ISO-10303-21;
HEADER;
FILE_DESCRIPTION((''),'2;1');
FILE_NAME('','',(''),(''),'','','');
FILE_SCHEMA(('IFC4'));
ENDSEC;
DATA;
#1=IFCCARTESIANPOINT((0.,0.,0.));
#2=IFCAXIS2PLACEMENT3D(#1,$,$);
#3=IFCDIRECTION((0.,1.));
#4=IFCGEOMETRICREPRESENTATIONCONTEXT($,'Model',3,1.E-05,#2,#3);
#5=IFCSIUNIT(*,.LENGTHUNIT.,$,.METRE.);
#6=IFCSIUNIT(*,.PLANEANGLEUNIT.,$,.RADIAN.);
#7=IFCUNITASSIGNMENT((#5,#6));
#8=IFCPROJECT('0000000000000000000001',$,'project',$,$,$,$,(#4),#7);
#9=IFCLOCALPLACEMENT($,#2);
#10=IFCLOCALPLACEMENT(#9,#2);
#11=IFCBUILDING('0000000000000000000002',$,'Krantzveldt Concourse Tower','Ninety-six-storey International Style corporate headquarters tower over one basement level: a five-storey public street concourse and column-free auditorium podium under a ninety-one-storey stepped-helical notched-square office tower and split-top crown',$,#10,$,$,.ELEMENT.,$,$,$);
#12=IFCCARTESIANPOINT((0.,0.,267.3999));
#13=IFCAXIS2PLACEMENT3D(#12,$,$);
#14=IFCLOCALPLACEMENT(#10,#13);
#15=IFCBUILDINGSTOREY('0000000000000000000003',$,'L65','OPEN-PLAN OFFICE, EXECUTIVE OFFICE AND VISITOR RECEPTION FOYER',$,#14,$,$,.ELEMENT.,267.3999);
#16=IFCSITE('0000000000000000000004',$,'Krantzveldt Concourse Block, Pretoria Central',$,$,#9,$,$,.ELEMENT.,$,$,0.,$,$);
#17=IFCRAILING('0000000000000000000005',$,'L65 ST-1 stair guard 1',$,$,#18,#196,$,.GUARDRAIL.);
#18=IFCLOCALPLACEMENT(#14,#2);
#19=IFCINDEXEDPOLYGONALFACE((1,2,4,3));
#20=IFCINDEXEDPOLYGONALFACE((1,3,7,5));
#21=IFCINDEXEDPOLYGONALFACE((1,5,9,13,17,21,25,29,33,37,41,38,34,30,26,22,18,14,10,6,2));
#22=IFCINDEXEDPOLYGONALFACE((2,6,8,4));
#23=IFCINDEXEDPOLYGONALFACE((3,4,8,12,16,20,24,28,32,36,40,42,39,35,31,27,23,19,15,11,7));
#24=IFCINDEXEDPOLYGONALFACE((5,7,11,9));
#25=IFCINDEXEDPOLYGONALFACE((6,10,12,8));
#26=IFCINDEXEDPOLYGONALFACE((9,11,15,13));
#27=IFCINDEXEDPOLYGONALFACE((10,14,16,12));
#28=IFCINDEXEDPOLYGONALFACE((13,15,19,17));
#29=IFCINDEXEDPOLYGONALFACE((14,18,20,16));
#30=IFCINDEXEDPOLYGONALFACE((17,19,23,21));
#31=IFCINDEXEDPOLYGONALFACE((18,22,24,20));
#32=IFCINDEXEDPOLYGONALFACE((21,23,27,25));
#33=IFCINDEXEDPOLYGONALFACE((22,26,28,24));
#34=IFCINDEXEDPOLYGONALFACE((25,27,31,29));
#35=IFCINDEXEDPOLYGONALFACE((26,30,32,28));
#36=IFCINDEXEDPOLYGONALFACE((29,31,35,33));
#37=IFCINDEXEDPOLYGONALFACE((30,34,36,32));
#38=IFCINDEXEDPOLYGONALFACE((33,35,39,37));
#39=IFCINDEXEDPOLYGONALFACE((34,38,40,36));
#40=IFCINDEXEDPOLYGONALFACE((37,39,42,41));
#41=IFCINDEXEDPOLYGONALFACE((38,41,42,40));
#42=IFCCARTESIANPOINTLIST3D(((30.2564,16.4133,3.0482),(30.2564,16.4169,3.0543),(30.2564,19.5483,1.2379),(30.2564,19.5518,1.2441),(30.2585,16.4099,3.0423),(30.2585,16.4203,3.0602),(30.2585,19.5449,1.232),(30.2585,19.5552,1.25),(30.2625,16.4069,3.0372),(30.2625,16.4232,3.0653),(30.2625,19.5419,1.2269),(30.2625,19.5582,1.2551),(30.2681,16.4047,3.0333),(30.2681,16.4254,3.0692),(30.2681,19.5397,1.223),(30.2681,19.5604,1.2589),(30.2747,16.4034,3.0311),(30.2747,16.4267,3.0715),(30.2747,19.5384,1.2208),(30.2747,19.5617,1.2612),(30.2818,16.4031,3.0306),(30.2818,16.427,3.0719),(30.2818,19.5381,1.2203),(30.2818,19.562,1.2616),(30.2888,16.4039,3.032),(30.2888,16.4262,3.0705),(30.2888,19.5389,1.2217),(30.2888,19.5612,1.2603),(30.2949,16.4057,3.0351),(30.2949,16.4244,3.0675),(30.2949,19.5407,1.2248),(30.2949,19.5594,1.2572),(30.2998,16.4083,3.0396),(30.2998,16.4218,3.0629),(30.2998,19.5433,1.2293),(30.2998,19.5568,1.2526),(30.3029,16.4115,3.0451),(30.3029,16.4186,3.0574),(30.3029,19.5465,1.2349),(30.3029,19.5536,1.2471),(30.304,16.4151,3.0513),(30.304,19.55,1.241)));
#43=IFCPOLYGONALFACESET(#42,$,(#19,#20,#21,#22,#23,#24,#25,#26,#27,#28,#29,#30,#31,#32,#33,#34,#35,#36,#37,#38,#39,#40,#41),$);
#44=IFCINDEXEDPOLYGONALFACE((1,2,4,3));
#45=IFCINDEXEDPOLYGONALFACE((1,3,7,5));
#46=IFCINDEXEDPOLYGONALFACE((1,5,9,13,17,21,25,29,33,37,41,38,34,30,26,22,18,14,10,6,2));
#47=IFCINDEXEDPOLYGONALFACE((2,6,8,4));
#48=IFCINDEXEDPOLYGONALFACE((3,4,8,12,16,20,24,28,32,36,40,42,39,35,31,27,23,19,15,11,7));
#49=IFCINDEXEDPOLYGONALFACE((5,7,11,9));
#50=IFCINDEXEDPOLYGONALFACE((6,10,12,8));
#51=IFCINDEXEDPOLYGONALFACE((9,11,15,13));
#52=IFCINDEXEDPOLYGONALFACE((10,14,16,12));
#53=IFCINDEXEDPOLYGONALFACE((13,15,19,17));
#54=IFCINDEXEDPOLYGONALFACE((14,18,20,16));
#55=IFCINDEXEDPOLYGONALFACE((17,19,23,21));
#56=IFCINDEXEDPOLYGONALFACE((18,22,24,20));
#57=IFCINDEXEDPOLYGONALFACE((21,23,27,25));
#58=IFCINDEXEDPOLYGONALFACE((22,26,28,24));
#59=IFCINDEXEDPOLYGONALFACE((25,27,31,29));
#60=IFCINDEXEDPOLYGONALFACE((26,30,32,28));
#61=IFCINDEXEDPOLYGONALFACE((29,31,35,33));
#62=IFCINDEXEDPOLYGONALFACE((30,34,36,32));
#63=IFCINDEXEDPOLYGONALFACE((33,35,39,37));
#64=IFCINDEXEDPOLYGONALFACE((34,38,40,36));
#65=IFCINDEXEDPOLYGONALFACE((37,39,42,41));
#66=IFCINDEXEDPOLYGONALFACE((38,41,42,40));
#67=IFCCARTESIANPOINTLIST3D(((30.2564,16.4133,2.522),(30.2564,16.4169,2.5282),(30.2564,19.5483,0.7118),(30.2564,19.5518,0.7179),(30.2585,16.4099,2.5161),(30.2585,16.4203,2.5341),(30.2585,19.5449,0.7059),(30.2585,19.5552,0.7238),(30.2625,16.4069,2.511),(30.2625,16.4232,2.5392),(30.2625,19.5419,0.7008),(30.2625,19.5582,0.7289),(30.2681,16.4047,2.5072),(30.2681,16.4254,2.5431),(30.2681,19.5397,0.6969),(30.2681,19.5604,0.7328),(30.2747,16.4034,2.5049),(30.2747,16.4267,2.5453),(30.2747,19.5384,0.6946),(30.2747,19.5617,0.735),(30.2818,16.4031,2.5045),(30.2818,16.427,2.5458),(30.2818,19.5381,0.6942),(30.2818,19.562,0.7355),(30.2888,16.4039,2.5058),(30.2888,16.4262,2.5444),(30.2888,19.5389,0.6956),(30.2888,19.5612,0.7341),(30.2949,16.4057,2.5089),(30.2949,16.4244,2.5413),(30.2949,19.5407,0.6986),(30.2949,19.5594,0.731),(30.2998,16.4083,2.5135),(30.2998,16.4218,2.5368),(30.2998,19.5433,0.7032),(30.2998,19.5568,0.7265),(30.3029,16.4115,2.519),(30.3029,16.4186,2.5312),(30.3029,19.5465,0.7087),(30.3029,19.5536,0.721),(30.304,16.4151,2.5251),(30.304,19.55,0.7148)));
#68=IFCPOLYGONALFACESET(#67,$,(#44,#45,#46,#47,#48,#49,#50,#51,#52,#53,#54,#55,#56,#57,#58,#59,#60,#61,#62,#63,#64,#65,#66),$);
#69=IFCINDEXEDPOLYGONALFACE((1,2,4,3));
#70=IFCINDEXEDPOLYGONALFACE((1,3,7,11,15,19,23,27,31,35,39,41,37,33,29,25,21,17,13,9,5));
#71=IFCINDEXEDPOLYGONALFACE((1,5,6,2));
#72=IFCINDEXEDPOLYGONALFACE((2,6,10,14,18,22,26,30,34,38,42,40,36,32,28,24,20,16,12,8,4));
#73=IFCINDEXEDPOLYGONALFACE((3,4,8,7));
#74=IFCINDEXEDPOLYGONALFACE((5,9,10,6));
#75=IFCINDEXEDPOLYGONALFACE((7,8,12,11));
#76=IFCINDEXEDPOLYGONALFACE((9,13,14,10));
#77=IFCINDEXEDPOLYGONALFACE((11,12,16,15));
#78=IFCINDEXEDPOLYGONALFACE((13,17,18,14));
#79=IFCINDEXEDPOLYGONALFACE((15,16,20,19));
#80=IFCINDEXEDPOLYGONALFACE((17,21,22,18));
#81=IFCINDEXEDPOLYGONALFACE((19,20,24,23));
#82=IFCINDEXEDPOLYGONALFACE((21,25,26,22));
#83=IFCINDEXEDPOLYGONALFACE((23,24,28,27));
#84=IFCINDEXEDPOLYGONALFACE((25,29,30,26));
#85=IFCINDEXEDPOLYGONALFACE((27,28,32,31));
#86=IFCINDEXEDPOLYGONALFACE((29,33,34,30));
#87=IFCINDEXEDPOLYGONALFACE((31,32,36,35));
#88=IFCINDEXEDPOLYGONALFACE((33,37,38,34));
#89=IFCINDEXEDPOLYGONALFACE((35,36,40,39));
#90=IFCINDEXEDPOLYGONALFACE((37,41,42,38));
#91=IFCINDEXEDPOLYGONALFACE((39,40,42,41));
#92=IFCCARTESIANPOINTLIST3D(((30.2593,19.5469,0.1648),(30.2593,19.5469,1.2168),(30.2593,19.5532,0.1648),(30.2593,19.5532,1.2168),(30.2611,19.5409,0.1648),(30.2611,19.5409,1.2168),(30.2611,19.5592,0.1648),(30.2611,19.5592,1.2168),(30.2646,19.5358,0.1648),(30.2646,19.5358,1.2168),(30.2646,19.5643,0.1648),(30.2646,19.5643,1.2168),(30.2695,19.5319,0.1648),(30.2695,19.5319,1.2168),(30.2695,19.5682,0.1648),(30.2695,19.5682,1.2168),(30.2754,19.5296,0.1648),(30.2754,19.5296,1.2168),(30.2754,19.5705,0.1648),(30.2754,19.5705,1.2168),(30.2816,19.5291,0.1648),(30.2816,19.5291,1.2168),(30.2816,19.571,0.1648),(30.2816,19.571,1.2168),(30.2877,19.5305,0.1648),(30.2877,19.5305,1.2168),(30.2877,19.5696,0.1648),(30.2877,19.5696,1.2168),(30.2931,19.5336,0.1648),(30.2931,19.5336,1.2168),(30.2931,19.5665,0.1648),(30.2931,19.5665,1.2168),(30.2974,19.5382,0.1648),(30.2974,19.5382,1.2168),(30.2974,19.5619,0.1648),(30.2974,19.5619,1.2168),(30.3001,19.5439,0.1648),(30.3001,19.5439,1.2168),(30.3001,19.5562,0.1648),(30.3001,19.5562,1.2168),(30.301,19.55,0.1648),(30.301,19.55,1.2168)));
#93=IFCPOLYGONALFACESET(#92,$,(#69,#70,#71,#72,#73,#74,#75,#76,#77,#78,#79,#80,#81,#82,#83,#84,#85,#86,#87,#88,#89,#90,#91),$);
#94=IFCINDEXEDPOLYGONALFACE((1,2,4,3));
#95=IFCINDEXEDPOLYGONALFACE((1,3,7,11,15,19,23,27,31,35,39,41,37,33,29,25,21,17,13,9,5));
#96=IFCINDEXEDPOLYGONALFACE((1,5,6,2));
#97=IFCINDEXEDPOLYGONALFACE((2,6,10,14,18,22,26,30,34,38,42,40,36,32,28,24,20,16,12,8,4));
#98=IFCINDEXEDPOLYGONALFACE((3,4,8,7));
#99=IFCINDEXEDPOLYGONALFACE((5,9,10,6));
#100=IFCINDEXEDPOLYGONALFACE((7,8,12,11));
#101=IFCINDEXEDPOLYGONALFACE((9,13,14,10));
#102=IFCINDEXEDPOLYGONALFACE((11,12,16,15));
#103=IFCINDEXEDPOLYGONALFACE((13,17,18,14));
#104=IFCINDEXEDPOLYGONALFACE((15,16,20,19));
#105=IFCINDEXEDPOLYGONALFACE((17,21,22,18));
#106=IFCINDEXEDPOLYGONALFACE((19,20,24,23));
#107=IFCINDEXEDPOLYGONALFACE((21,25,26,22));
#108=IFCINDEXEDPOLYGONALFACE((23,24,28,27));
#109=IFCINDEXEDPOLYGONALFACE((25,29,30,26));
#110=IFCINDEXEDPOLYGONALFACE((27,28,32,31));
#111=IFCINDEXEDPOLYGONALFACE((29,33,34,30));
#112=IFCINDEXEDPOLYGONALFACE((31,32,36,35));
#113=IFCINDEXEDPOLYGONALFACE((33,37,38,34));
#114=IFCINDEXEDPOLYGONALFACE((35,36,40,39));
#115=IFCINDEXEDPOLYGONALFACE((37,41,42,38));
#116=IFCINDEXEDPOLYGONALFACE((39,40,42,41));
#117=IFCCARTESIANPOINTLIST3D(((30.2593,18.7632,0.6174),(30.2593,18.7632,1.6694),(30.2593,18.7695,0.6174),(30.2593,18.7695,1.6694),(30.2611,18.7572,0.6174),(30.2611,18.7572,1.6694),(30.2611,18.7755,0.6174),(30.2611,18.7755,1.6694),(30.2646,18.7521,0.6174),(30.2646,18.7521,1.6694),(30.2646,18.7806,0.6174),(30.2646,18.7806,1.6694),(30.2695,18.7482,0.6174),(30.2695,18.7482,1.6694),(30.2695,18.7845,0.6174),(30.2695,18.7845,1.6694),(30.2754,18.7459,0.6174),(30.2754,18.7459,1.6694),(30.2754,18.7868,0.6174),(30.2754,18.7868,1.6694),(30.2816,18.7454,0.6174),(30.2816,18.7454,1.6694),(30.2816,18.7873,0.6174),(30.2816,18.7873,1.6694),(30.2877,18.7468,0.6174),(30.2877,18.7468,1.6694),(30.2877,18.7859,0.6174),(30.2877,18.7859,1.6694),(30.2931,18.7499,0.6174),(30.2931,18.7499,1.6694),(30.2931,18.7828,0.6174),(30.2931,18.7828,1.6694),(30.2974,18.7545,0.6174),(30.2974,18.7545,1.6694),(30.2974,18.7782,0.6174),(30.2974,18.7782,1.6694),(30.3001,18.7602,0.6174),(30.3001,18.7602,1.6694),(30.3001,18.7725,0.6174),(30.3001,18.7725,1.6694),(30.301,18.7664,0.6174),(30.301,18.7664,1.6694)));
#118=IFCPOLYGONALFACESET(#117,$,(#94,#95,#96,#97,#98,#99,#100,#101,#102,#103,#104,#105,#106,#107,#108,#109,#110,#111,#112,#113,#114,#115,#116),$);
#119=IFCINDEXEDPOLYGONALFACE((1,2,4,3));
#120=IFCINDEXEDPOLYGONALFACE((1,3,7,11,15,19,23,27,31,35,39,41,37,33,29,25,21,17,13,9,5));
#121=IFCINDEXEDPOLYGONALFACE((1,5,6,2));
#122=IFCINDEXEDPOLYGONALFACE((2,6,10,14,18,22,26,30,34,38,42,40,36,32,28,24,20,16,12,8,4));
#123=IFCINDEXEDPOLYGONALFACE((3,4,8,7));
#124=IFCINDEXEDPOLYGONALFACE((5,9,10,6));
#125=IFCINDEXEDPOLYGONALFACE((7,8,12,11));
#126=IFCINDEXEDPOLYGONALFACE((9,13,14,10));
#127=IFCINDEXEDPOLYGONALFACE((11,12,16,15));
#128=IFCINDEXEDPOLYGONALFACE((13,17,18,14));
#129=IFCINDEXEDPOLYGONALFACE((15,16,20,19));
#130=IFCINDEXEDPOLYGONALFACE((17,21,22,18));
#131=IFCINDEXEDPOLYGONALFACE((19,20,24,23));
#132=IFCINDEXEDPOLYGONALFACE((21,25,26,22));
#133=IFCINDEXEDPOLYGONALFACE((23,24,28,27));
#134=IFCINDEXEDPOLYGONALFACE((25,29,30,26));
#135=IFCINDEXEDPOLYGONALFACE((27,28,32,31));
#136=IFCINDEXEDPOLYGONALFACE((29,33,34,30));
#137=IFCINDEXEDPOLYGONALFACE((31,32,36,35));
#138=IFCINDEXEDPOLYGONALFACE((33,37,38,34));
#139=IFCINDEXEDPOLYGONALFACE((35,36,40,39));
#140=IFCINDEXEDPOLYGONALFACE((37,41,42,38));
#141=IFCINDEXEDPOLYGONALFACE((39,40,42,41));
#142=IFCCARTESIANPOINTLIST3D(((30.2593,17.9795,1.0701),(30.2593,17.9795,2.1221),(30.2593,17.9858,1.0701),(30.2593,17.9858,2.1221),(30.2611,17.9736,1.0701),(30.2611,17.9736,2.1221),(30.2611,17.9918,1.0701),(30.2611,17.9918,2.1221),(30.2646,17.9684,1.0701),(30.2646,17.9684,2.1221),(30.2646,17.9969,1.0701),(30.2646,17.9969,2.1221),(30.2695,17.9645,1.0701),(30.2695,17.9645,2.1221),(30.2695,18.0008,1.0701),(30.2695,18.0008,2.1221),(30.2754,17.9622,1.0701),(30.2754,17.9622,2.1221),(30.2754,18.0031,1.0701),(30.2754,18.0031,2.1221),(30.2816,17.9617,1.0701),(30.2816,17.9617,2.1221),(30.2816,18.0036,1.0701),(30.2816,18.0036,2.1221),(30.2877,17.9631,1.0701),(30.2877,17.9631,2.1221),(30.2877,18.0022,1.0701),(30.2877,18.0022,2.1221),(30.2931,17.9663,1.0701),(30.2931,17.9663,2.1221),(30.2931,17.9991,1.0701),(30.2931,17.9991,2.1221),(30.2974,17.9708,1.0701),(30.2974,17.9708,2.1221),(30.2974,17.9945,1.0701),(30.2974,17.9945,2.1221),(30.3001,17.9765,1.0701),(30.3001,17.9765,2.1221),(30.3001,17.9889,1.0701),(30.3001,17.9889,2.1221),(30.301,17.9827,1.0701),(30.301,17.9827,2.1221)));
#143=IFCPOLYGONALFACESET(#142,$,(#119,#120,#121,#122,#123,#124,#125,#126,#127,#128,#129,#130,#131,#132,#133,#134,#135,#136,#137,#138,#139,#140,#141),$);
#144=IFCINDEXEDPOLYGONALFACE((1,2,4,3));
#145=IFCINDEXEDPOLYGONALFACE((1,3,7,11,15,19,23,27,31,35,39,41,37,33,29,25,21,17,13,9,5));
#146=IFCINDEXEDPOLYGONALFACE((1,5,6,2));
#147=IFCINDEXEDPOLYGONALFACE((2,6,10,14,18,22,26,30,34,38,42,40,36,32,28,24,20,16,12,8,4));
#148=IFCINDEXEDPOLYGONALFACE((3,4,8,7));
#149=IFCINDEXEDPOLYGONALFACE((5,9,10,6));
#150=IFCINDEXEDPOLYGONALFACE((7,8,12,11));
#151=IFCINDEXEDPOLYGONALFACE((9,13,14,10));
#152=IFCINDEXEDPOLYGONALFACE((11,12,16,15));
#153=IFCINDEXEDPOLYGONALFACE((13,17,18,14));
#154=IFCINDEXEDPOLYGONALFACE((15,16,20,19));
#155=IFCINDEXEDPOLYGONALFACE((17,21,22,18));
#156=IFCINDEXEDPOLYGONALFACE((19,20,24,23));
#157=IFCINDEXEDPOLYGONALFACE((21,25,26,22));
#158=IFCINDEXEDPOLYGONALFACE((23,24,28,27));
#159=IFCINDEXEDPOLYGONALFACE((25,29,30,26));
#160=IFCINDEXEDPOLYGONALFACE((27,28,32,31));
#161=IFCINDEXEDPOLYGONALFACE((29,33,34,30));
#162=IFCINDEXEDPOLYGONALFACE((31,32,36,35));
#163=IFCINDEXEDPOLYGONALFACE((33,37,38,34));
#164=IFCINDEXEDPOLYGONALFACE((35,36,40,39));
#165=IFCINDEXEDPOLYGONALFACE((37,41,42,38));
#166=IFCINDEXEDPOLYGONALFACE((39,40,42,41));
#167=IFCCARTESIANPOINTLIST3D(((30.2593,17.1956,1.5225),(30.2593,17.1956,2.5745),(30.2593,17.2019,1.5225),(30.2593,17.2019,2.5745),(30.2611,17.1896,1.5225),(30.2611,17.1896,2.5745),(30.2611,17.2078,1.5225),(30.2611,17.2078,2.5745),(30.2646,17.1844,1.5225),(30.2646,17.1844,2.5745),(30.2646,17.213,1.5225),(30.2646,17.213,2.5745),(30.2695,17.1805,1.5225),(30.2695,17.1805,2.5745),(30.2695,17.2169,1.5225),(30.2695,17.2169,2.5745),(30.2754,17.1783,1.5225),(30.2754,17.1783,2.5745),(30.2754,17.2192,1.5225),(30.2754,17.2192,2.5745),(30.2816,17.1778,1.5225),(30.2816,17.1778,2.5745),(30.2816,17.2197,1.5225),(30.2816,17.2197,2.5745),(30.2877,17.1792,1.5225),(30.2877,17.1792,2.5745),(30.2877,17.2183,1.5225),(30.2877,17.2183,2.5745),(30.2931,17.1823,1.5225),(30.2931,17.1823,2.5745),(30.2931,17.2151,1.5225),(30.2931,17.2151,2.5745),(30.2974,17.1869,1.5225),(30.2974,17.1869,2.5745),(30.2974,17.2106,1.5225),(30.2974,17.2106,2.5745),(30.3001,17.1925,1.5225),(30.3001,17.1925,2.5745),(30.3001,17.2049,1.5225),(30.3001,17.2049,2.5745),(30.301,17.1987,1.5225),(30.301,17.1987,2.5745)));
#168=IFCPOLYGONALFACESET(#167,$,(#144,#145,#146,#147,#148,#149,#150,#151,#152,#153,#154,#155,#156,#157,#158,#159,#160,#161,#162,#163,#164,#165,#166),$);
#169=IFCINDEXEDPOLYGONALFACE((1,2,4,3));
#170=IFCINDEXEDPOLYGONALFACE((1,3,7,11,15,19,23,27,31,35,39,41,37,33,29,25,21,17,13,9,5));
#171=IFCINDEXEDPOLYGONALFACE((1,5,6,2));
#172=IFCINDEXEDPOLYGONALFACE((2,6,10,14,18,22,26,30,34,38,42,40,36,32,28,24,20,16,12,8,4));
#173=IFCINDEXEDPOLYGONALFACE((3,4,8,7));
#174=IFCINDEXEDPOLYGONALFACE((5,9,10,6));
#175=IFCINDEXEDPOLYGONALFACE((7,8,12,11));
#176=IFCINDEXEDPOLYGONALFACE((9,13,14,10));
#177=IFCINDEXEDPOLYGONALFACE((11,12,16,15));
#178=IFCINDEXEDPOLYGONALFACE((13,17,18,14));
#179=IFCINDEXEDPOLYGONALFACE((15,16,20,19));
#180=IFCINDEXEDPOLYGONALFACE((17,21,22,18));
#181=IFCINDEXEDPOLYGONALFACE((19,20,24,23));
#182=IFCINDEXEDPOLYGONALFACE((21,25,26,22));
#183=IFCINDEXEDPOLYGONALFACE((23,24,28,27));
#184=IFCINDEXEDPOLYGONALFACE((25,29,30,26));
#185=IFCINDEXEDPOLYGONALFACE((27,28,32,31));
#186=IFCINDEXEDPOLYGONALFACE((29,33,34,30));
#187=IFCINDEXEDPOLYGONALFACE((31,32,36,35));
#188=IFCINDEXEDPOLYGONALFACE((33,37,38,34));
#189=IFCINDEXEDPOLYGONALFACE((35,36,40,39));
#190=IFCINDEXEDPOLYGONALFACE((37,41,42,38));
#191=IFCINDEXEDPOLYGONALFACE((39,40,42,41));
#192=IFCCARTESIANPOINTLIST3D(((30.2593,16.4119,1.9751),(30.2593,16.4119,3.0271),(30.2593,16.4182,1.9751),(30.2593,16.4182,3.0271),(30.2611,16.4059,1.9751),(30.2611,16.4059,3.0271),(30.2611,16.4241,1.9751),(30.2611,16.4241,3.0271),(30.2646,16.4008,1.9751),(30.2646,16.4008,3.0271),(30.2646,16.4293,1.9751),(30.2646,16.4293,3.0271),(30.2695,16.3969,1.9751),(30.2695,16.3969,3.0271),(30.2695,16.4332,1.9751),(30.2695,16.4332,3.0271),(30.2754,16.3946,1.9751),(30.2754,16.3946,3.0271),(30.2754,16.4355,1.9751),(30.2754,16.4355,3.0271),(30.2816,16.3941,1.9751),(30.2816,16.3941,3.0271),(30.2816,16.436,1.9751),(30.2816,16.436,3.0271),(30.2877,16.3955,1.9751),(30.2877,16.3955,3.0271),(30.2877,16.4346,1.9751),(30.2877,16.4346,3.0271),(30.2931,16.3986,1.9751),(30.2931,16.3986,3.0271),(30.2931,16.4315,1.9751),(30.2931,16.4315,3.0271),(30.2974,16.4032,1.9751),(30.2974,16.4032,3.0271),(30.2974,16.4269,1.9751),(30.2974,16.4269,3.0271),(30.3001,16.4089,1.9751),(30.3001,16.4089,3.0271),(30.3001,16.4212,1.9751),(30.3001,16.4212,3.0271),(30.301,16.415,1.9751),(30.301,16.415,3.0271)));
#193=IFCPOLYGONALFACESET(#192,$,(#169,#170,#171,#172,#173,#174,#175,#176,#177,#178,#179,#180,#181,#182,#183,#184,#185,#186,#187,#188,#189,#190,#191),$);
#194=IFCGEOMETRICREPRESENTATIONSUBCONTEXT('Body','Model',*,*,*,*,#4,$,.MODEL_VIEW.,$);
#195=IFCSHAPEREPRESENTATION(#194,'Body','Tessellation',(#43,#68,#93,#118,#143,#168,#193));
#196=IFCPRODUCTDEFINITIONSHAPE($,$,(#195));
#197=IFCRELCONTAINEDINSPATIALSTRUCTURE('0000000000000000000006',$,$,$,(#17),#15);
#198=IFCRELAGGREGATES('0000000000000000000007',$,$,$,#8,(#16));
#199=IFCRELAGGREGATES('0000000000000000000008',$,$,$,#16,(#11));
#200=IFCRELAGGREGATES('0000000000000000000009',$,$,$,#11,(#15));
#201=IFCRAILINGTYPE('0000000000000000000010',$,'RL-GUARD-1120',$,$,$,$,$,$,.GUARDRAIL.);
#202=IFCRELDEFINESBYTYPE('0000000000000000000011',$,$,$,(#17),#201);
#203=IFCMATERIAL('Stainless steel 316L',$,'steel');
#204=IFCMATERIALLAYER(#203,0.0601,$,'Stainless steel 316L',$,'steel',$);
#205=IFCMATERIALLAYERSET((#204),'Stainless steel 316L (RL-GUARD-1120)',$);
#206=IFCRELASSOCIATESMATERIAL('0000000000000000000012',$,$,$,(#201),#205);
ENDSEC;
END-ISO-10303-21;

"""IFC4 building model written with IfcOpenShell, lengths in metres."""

from ifc_helpers import new_model, si_unit, direction, frame, origin, origin_2d, place, context, subcontext, project, spatial, circle, extrude, material, layer, layer_set, type_object, element, save


model = new_model("IFC4")

# Units and contexts
model_context = context("Model", 3, precision=1e-05, world=origin(), true_north=direction((0.0, 1.0)))
body_context = subcontext(model_context, "Body", "Model", "MODEL_VIEW")
ifc_project = project(units=[si_unit("LENGTHUNIT", "METRE"), si_unit("PLANEANGLEUNIT", "RADIAN")], contexts=[model_context])

# Site, building, storey
site_placement = place(None, origin())
site = spatial("IfcSite", under=ifc_project, at=site_placement, Name="Krantzveldt Concourse Block, Pretoria Central", CompositionType="ELEMENT", RefElevation=0.0)
building_placement = place(site_placement, origin())
building = spatial("IfcBuilding", under=site, at=building_placement, Name="Krantzveldt Concourse Tower", Description="Ninety-six-storey International Style corporate headquarters tower over one basement level: a five-storey public street concourse and column-free auditorium podium under a ninety-one-storey stepped-helical notched-square office tower and split-top crown", CompositionType="ELEMENT")
storey_placement = place(building_placement, frame((0.0, 0.0, 267.3999)))
storey = spatial("IfcBuildingStorey", under=building, at=storey_placement, Name="L65", Description="OPEN-PLAN OFFICE, EXECUTIVE OFFICE AND VISITOR RECEPTION FOYER", CompositionType="ELEMENT", Elevation=267.3999)

# Railing
ifc_material_1 = material(Name="Stainless steel 316L", Category="steel")
ifc_layer_1 = layer(ifc_material_1, 0.0601, Name="Stainless steel 316L", Category="steel")
ifc_layer_set_1 = layer_set([ifc_layer_1], Name="Stainless steel 316L (RL-GUARD-1120)")
railing_type_1 = type_object("IfcRailingType", Name="RL-GUARD-1120", PredefinedType="GUARDRAIL", material=ifc_layer_set_1)
railing_1_placement = place(storey_placement, frame((30.28, 19.55, 0.1648)))
element("IfcRailing", 1, at=railing_1_placement, inside=storey, type_object=railing_type_1, Name="L65 ST-1 stair guard 1", PredefinedType="GUARDRAIL", context=body_context, shape_type="SweptSolid", body=[
    extrude(circle(Radius=0.0239, at=origin_2d()), frame((0.0, 0.0, 1.0762), z_axis=(0.0, -0.865989, 0.500063), x_axis=(1.0, 0.0, 0.0)), (0.0, 0.0, 1.0), 3.6201),
    extrude(circle(Radius=0.0239, at=origin_2d()), frame((0.0, 0.0, 0.55), z_axis=(0.0, -0.865989, 0.500063), x_axis=(1.0, 0.0, 0.0)), (0.0, 0.0, 1.0), 3.6201),
    extrude(circle(Radius=0.021, at=origin_2d()), origin(), (0.0, 0.0, 1.0), 1.052),
    extrude(circle(Radius=0.021, at=origin_2d()), frame((0.0, -0.7837, 0.4526)), (0.0, 0.0, 1.0), 1.052),
    extrude(circle(Radius=0.021, at=origin_2d()), frame((0.0, -1.5674, 0.9053)), (0.0, 0.0, 1.0), 1.052),
    extrude(circle(Radius=0.021, at=origin_2d()), frame((0.0, -2.3513, 1.3577)), (0.0, 0.0, 1.0), 1.052),
    extrude(circle(Radius=0.021, at=origin_2d()), frame((0.0, -3.135, 1.8103)), (0.0, 0.0, 1.0), 1.052),
])

save(model, "model.ifc")
